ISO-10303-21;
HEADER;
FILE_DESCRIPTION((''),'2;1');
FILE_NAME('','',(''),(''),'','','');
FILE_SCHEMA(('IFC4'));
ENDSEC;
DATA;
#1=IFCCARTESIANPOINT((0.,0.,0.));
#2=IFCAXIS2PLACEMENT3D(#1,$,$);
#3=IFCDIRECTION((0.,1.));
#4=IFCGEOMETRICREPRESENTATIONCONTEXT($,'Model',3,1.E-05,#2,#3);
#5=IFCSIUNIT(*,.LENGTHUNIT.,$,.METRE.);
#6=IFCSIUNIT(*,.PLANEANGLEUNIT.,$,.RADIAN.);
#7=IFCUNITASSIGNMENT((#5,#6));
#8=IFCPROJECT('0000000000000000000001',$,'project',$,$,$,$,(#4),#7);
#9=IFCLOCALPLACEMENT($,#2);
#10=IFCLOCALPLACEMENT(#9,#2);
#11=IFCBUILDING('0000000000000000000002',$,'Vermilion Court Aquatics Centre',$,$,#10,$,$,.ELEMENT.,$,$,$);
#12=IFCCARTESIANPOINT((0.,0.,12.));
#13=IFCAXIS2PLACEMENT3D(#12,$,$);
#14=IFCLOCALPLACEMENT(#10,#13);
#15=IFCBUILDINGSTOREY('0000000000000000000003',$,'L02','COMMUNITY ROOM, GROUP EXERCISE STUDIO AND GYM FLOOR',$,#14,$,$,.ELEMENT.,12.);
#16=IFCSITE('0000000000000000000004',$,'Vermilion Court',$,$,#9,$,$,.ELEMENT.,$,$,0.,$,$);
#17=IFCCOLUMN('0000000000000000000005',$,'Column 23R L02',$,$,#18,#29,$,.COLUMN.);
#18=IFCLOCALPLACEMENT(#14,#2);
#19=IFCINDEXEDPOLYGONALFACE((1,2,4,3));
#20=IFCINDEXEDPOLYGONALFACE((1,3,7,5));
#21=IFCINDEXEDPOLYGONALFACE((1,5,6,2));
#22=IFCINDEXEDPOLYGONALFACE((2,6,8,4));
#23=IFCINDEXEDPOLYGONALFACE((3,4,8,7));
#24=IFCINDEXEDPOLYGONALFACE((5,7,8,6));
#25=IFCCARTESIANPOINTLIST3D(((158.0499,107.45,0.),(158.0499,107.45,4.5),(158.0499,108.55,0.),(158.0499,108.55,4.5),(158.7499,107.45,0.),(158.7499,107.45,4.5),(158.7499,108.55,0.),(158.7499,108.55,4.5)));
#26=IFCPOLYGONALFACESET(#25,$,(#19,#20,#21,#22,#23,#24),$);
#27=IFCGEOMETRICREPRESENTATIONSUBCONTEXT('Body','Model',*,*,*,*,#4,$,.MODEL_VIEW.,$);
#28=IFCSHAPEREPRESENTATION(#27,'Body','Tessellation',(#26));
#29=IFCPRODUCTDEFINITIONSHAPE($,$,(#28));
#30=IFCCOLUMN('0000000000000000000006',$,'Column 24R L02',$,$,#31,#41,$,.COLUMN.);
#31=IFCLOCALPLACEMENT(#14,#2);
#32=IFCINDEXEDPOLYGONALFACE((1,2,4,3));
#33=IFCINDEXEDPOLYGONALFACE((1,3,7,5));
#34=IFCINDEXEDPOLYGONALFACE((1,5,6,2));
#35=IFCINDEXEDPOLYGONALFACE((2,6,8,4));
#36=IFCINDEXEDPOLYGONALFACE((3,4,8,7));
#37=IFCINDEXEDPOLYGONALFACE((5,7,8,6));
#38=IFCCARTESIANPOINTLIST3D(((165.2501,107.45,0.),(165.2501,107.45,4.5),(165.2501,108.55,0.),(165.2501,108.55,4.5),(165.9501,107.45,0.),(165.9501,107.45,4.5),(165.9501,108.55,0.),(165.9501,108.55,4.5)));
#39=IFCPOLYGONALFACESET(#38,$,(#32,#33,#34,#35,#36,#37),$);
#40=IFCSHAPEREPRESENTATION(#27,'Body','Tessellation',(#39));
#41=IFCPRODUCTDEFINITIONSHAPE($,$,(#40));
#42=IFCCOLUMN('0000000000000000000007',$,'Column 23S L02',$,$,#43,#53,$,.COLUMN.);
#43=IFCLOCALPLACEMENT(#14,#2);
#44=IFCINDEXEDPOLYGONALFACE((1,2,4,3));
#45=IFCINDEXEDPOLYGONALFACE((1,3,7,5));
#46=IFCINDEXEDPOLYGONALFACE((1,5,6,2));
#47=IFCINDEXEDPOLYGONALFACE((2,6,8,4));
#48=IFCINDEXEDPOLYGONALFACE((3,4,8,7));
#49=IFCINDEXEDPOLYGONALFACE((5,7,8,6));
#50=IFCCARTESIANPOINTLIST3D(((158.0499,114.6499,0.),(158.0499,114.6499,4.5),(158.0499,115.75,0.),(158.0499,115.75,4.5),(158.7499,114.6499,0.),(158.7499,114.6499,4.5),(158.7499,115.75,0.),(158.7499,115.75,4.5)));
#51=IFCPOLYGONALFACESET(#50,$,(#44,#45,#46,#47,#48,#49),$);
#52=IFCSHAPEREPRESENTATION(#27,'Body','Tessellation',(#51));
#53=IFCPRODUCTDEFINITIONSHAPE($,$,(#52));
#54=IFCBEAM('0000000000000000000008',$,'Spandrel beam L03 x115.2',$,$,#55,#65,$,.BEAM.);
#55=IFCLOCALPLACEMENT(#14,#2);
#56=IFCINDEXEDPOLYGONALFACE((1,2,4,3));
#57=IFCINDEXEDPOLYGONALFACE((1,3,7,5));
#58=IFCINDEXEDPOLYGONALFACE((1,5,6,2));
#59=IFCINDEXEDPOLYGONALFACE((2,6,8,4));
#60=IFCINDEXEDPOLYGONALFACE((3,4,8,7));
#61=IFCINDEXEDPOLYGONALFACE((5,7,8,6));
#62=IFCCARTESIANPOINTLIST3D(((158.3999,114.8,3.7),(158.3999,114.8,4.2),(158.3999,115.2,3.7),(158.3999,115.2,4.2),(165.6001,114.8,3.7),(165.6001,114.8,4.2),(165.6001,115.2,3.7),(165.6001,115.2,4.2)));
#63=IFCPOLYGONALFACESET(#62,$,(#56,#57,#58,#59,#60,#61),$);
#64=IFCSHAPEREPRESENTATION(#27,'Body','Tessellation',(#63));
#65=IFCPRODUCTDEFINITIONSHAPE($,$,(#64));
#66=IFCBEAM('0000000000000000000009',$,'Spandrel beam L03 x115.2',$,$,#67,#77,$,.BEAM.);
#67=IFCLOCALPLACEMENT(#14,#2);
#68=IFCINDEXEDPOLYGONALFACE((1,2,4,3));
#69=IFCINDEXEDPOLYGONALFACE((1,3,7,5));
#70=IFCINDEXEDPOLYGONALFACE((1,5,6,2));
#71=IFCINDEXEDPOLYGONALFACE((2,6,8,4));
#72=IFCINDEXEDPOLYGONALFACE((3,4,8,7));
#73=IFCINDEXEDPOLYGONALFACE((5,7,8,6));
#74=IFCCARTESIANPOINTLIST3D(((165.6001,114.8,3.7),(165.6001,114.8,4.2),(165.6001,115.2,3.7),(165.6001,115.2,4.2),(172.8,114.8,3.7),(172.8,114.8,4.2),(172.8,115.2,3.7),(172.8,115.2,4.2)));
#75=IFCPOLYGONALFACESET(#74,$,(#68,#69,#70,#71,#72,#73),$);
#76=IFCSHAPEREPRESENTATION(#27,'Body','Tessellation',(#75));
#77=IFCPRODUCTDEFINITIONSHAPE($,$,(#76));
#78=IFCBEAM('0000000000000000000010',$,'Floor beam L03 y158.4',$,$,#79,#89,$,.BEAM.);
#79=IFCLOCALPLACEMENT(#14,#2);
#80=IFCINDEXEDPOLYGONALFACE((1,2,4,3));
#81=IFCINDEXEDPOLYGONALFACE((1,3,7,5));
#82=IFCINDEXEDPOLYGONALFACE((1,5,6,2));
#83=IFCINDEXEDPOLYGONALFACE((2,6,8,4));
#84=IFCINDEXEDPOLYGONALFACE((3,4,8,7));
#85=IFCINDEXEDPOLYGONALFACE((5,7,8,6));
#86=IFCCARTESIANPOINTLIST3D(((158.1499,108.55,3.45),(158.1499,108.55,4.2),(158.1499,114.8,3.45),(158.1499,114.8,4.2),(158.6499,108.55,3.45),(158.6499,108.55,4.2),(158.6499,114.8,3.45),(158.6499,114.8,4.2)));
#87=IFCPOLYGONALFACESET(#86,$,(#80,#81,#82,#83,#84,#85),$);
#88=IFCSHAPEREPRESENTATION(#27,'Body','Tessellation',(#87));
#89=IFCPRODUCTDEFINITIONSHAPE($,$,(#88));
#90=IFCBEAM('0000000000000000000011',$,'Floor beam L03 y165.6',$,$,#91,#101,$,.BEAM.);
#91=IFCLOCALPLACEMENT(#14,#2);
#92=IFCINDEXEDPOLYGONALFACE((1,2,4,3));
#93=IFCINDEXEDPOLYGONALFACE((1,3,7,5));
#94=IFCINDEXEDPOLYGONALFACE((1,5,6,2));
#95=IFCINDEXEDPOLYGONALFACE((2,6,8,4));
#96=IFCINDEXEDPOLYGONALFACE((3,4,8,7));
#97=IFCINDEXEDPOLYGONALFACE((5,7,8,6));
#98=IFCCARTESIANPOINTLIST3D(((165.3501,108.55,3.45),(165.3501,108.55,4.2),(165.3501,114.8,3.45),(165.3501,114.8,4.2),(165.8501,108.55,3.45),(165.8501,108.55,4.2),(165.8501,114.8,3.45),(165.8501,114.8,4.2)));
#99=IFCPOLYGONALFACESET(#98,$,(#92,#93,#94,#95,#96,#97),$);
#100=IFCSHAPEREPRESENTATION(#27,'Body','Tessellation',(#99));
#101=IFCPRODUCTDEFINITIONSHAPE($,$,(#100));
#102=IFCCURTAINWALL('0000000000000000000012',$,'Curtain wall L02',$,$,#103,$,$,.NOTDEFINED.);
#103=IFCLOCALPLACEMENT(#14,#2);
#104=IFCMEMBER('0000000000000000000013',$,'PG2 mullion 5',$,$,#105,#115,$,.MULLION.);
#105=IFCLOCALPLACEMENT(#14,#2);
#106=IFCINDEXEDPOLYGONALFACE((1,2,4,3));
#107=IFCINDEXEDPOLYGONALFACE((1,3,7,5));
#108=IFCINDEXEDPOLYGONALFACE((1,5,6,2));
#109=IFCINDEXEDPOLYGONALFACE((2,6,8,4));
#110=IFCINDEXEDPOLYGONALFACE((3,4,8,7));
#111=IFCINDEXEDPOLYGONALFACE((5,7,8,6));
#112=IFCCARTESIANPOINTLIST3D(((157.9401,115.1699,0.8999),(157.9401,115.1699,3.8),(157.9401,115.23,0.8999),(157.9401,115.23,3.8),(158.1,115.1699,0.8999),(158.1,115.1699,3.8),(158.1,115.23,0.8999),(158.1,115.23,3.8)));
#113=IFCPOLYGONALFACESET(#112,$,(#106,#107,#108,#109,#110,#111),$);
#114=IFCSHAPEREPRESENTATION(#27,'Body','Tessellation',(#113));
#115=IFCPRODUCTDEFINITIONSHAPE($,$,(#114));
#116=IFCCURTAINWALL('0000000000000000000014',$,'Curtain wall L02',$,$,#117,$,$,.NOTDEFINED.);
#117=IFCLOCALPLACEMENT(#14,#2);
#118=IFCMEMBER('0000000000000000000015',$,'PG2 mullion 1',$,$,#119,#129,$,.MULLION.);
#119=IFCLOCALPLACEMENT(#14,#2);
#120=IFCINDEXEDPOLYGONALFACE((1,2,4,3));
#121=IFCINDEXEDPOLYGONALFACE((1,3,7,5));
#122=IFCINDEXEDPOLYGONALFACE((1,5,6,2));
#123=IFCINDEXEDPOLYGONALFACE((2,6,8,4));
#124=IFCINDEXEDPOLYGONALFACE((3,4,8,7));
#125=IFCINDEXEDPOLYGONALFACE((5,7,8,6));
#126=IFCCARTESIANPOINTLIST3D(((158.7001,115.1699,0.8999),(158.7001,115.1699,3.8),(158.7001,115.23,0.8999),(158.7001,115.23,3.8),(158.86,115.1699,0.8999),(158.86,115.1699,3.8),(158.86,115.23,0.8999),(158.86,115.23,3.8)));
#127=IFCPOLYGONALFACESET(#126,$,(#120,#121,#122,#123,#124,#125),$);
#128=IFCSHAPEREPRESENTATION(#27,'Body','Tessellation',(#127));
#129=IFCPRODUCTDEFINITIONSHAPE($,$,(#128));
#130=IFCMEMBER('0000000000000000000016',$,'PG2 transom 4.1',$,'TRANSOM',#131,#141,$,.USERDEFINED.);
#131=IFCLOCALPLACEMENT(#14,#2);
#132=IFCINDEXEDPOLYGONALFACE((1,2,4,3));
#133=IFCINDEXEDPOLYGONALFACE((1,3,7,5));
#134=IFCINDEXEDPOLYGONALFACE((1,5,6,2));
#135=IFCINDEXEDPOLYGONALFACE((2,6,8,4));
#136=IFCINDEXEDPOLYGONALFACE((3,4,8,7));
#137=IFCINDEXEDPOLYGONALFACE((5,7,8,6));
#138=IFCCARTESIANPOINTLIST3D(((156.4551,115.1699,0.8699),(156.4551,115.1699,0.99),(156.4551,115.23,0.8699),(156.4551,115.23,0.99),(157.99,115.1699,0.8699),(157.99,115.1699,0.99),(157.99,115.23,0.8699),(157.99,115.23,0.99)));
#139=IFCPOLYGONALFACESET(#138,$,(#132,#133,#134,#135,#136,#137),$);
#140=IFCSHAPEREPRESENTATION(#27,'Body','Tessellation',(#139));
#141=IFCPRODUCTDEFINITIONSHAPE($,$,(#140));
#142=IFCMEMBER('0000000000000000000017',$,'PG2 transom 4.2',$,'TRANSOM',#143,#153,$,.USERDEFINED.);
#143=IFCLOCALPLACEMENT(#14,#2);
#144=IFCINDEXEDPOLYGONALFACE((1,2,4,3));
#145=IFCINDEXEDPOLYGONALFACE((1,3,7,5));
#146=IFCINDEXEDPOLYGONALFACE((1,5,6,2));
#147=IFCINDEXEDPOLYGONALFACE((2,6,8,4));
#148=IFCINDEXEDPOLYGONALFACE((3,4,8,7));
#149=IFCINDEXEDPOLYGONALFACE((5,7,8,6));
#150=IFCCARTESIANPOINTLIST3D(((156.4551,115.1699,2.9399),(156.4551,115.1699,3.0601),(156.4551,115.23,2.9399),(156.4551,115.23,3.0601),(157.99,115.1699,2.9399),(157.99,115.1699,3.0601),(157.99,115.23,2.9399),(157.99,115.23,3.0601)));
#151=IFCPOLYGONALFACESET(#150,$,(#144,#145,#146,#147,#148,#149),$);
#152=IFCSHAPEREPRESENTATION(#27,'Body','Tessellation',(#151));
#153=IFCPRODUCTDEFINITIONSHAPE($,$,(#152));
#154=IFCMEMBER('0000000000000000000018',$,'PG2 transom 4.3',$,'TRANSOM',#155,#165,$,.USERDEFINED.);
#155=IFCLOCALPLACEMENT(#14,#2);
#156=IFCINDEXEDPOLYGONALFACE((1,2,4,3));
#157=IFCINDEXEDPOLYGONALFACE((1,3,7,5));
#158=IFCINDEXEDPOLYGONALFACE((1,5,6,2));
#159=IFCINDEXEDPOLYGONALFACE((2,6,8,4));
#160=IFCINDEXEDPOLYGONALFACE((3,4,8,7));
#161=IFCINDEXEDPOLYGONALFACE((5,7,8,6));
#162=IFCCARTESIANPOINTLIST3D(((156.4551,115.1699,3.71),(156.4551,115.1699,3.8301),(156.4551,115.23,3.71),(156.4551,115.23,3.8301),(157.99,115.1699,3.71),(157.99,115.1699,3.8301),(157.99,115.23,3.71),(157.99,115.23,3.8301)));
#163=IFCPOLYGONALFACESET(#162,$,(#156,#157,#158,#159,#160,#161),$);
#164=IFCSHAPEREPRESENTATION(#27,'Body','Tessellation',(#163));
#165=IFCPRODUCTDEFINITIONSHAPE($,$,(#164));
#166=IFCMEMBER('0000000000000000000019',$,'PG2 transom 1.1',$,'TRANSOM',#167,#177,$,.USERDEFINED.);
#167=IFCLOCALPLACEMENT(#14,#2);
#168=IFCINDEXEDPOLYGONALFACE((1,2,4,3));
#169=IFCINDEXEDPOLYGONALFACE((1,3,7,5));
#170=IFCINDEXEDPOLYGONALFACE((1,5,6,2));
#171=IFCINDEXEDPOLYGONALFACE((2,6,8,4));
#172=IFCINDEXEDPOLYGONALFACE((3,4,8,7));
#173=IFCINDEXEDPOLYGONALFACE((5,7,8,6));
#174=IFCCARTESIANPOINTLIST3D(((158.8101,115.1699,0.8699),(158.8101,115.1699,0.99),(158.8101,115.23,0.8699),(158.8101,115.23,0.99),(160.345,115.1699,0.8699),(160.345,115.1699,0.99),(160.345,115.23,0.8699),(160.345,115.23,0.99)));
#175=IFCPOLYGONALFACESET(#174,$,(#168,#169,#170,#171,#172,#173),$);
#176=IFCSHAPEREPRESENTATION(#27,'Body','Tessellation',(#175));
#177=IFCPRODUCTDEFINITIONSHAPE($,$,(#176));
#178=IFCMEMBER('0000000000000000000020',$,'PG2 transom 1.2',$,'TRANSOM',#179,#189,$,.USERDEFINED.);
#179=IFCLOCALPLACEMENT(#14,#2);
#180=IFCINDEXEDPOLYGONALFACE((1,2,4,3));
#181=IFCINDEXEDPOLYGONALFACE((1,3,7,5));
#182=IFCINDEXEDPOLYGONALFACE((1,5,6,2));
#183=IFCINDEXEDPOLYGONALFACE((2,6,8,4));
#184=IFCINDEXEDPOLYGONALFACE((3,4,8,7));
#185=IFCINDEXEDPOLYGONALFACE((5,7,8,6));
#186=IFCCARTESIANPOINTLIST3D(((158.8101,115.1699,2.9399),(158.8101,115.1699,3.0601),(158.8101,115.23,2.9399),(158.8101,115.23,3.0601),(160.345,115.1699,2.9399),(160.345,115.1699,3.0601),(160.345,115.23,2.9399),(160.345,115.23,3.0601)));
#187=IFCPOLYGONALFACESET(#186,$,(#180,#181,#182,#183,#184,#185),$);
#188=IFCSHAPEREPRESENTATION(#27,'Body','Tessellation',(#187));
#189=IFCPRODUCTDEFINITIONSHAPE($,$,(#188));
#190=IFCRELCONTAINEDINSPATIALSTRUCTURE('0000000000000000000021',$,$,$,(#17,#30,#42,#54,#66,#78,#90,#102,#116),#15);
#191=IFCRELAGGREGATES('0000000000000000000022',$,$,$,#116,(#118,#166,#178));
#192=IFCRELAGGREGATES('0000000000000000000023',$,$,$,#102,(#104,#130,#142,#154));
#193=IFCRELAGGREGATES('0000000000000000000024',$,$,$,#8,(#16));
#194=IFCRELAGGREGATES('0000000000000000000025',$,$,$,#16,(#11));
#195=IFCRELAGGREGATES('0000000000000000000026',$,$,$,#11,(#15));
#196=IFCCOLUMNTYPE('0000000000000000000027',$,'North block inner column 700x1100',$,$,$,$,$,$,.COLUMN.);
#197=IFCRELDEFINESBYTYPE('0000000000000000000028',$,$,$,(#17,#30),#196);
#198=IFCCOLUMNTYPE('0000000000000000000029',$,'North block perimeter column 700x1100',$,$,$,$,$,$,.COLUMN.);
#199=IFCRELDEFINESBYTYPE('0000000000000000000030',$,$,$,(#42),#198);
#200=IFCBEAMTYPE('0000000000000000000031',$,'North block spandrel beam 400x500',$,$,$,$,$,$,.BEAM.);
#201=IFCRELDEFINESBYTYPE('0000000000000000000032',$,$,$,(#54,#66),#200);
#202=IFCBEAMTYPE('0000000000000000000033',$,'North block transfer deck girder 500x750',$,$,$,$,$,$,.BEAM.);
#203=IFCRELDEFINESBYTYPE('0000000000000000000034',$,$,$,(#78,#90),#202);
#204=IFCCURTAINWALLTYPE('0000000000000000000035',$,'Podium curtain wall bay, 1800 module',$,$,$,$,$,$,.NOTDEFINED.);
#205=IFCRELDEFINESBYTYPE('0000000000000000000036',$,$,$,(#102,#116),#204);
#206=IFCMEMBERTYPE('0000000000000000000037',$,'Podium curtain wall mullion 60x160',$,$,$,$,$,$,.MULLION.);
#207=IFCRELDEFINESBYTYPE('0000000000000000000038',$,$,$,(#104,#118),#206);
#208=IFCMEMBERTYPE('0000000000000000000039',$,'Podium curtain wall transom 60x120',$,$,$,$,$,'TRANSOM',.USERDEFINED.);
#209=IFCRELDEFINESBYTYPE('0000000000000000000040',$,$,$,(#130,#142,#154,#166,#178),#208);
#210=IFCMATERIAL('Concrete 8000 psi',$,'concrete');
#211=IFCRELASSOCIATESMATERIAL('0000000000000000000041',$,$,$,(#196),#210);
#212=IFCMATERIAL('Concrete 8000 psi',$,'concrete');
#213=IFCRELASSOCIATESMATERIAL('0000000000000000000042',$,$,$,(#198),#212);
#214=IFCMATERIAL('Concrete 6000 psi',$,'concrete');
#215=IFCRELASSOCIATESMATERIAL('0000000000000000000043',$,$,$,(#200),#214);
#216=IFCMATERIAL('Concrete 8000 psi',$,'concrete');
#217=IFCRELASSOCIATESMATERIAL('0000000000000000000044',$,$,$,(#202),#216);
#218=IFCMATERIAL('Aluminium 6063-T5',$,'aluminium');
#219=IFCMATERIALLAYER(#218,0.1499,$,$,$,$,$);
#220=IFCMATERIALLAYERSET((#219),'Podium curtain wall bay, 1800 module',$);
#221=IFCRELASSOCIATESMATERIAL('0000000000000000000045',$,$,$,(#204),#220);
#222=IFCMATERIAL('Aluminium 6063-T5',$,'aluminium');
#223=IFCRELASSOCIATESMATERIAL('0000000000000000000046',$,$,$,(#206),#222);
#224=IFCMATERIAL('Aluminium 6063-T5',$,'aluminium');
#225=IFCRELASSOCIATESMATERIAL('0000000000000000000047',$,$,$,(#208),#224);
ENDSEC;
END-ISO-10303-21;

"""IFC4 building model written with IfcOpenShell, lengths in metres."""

from ifc_helpers import new_model, si_unit, direction, frame, origin, origin_2d, place, context, subcontext, project, spatial, rectangle, extrude, material, layer, layer_set, material_profile, profile_set, type_object, element, aggregate, save


model = new_model("IFC4")

# Units and contexts
model_context = context("Model", 3, precision=1e-05, world=origin(), true_north=direction((0.0, 1.0)))
body_context = subcontext(model_context, "Body", "Model", "MODEL_VIEW")
ifc_project = project(units=[si_unit("LENGTHUNIT", "METRE"), si_unit("PLANEANGLEUNIT", "RADIAN")], contexts=[model_context])

# Site, building, storey
site_placement = place(None, origin())
site = spatial("IfcSite", under=ifc_project, at=site_placement, Name="Vermilion Court", CompositionType="ELEMENT", RefElevation=0.0)
building_placement = place(site_placement, origin())
building = spatial("IfcBuilding", under=site, at=building_placement, Name="Vermilion Court Aquatics Centre", CompositionType="ELEMENT")
storey_placement = place(building_placement, frame((0.0, 0.0, 12.0)))
storey = spatial("IfcBuildingStorey", under=building, at=storey_placement, Name="L02", Description="COMMUNITY ROOM, GROUP EXERCISE STUDIO AND GYM FLOOR", CompositionType="ELEMENT", Elevation=12.0)

# Columns
ifc_material_1 = material(Name="Concrete 8000 psi", Category="concrete")
ifc_material_profile_1 = material_profile(ifc_material_1, rectangle(XDim=0.7, YDim=1.1001, at=origin_2d()), Name="RC 700x1100")
ifc_profile_set_1 = profile_set([ifc_material_profile_1], Name="Concrete 8000 psi")
column_type_1 = type_object("IfcColumnType", Name="North block inner column 700x1100", PredefinedType="COLUMN", material=ifc_profile_set_1)
for number, where, z_axis, x_axis, name in (
    (1, (158.3999, 108.0, 0.0), (0.0, 0.0, 1.0), (1.0, 0.0, 0.0), "Column 23R L02"),
    (2, (165.6001, 108.0, 0.0), (0.0, 0.0, 1.0), (1.0, 0.0, 0.0), "Column 24R L02"),
):
    element("IfcColumn", number, at=place(storey_placement, frame(where, z_axis=z_axis, x_axis=x_axis)), inside=storey, type_object=column_type_1, Name=name, PredefinedType="COLUMN", context=body_context, shape_type="SweptSolid", body=[
        extrude(rectangle(XDim=0.7, YDim=1.1001, at=origin_2d()), origin(), (0.0, 0.0, 1.0), 4.5),
    ])
ifc_material_2 = material(Name="Concrete 8000 psi", Category="concrete")
ifc_material_profile_2 = material_profile(ifc_material_2, rectangle(XDim=0.7, YDim=1.1001, at=origin_2d()), Name="RC 700x1100")
ifc_profile_set_2 = profile_set([ifc_material_profile_2], Name="Concrete 8000 psi")
column_type_2 = type_object("IfcColumnType", Name="North block perimeter column 700x1100", PredefinedType="COLUMN", material=ifc_profile_set_2)
column_placement = place(storey_placement, frame((158.3999, 115.2, 0.0), z_axis=(0.0, 0.0, 1.0), x_axis=(1.0, 0.0, 0.0)))
element("IfcColumn", 3, at=column_placement, inside=storey, type_object=column_type_2, Name="Column 23S L02", PredefinedType="COLUMN", context=body_context, shape_type="SweptSolid", body=[
    extrude(rectangle(XDim=0.7, YDim=1.1001, at=origin_2d()), origin(), (0.0, 0.0, 1.0), 4.5),
])

# Beams
ifc_material_3 = material(Name="Concrete 6000 psi", Category="concrete")
ifc_material_profile_3 = material_profile(ifc_material_3, rectangle(XDim=0.3999, YDim=0.5, at=origin_2d()), Name="RC 400x500")
ifc_profile_set_3 = profile_set([ifc_material_profile_3], Name="Concrete 6000 psi")
beam_type_1 = type_object("IfcBeamType", Name="North block spandrel beam 400x500", PredefinedType="BEAM", material=ifc_profile_set_3)
beam_1_placement = place(storey_placement, frame((158.3999, 115.0, 3.95), z_axis=(1.0, 0.0, 0.0), x_axis=(0.0, 1.0, 0.0)))
element("IfcBeam", 4, at=beam_1_placement, inside=storey, type_object=beam_type_1, Name="Spandrel beam L03 x115.2", PredefinedType="BEAM", context=body_context, shape_type="SweptSolid", body=[
    extrude(rectangle(XDim=0.3999, YDim=0.5, at=origin_2d()), origin(), (0.0, 0.0, 1.0), 7.2002),
])
beam_2_placement = place(storey_placement, frame((165.6001, 115.0, 3.95), z_axis=(1.0, 0.0, 0.0), x_axis=(0.0, 1.0, 0.0)))
element("IfcBeam", 5, at=beam_2_placement, inside=storey, type_object=beam_type_1, Name="Spandrel beam L03 x115.2", PredefinedType="BEAM", context=body_context, shape_type="SweptSolid", body=[
    extrude(rectangle(XDim=0.3999, YDim=0.5, at=origin_2d()), origin(), (0.0, 0.0, 1.0), 7.2),
])
ifc_material_4 = material(Name="Concrete 8000 psi", Category="concrete")
ifc_material_profile_4 = material_profile(ifc_material_4, rectangle(XDim=0.5, YDim=0.75, at=origin_2d()), Name="RC 500x750")
ifc_profile_set_4 = profile_set([ifc_material_profile_4], Name="Concrete 8000 psi")
beam_type_2 = type_object("IfcBeamType", Name="North block transfer deck girder 500x750", PredefinedType="BEAM", material=ifc_profile_set_4)
for number, where, z_axis, x_axis, name in (
    (6, (158.3999, 108.55, 3.825), (0.0, 1.0, 0.0), (-1.0, 0.0, 0.0), "Floor beam L03 y158.4"),
    (7, (165.6001, 108.55, 3.825), (0.0, 1.0, 0.0), (-1.0, 0.0, 0.0), "Floor beam L03 y165.6"),
):
    element("IfcBeam", number, at=place(storey_placement, frame(where, z_axis=z_axis, x_axis=x_axis)), inside=storey, type_object=beam_type_2, Name=name, PredefinedType="BEAM", context=body_context, shape_type="SweptSolid", body=[
        extrude(rectangle(XDim=0.5, YDim=0.75, at=origin_2d()), origin(), (0.0, 0.0, 1.0), 6.25),
    ])

# Curtain walls, members
ifc_material_5 = material(Name="Aluminium 6063-T5", Category="aluminium")
ifc_layer_1 = layer(ifc_material_5, 0.1499)
ifc_layer_set_1 = layer_set([ifc_layer_1], Name="Podium curtain wall bay, 1800 module")
curtain_wall_type = type_object("IfcCurtainWallType", Name="Podium curtain wall bay, 1800 module", PredefinedType="NOTDEFINED", material=ifc_layer_set_1)
curtain_wall_1_placement = place(storey_placement, origin())
curtain_wall_1 = element("IfcCurtainWall", 8, at=curtain_wall_1_placement, inside=storey, type_object=curtain_wall_type, Name="Curtain wall L02", PredefinedType="NOTDEFINED")
ifc_material_6 = material(Name="Aluminium 6063-T5", Category="aluminium")
ifc_material_profile_5 = material_profile(ifc_material_6, rectangle(XDim=0.0601, YDim=0.1599, at=origin_2d()), Name="Mullion 60x160")
ifc_profile_set_5 = profile_set([ifc_material_profile_5], Name="Aluminium 6063-T5")
member_type_1 = type_object("IfcMemberType", Name="Podium curtain wall mullion 60x160", PredefinedType="MULLION", material=ifc_profile_set_5)
member_1_placement = place(storey_placement, frame((158.02, 115.2, 0.8999), z_axis=(0.0, 0.0, 1.0), x_axis=(0.0, 1.0, 0.0)))
member_1 = element("IfcMember", 9, at=member_1_placement, type_object=member_type_1, Name="PG2 mullion 5", PredefinedType="MULLION", context=body_context, shape_type="SweptSolid", body=[
    extrude(rectangle(XDim=0.0601, YDim=0.1599, at=origin_2d()), origin(), (0.0, 0.0, 1.0), 2.9001),
])
curtain_wall_2_placement = place(storey_placement, origin())
curtain_wall_2 = element("IfcCurtainWall", 10, at=curtain_wall_2_placement, inside=storey, type_object=curtain_wall_type, Name="Curtain wall L02", PredefinedType="NOTDEFINED")
member_2_placement = place(storey_placement, frame((158.78, 115.2, 0.8999), z_axis=(0.0, 0.0, 1.0), x_axis=(0.0, 1.0, 0.0)))
member_2 = element("IfcMember", 11, at=member_2_placement, type_object=member_type_1, Name="PG2 mullion 1", PredefinedType="MULLION", context=body_context, shape_type="SweptSolid", body=[
    extrude(rectangle(XDim=0.0601, YDim=0.1599, at=origin_2d()), origin(), (0.0, 0.0, 1.0), 2.9001),
])

# Members
ifc_material_7 = material(Name="Aluminium 6063-T5", Category="aluminium")
ifc_material_profile_6 = material_profile(ifc_material_7, rectangle(XDim=0.0601, YDim=0.1201, at=origin_2d()), Name="Transom 60x120")
ifc_profile_set_6 = profile_set([ifc_material_profile_6], Name="Aluminium 6063-T5")
member_type_2 = type_object("IfcMemberType", Name="Podium curtain wall transom 60x120", ElementType="TRANSOM", PredefinedType="USERDEFINED", material=ifc_profile_set_6)
member_3_placement = place(storey_placement, frame((156.4551, 115.2, 0.9299), z_axis=(1.0, 0.0, 0.0), x_axis=(0.0, 1.0, 0.0)))
member_3 = element("IfcMember", 12, at=member_3_placement, type_object=member_type_2, Name="PG2 transom 4.1", ObjectType="TRANSOM", PredefinedType="USERDEFINED", context=body_context, shape_type="SweptSolid", body=[
    extrude(rectangle(XDim=0.0601, YDim=0.1201, at=origin_2d()), origin(), (0.0, 0.0, 1.0), 1.5349),
])
member_4_placement = place(storey_placement, frame((156.4551, 115.2, 3.0), z_axis=(1.0, 0.0, 0.0), x_axis=(0.0, 1.0, 0.0)))
member_4 = element("IfcMember", 13, at=member_4_placement, type_object=member_type_2, Name="PG2 transom 4.2", ObjectType="TRANSOM", PredefinedType="USERDEFINED", context=body_context, shape_type="SweptSolid", body=[
    extrude(rectangle(XDim=0.0601, YDim=0.1201, at=origin_2d()), origin(), (0.0, 0.0, 1.0), 1.5349),
])
member_5_placement = place(storey_placement, frame((156.4551, 115.2, 3.77), z_axis=(1.0, 0.0, 0.0), x_axis=(0.0, 1.0, 0.0)))
member_5 = element("IfcMember", 14, at=member_5_placement, type_object=member_type_2, Name="PG2 transom 4.3", ObjectType="TRANSOM", PredefinedType="USERDEFINED", context=body_context, shape_type="SweptSolid", body=[
    extrude(rectangle(XDim=0.0601, YDim=0.1201, at=origin_2d()), origin(), (0.0, 0.0, 1.0), 1.5349),
])
member_6_placement = place(storey_placement, frame((158.8101, 115.2, 0.9299), z_axis=(1.0, 0.0, 0.0), x_axis=(0.0, 1.0, 0.0)))
member_6 = element("IfcMember", 15, at=member_6_placement, type_object=member_type_2, Name="PG2 transom 1.1", ObjectType="TRANSOM", PredefinedType="USERDEFINED", context=body_context, shape_type="SweptSolid", body=[
    extrude(rectangle(XDim=0.0601, YDim=0.1201, at=origin_2d()), origin(), (0.0, 0.0, 1.0), 1.5349),
])
member_7_placement = place(storey_placement, frame((158.8101, 115.2, 3.0), z_axis=(1.0, 0.0, 0.0), x_axis=(0.0, 1.0, 0.0)))
member_7 = element("IfcMember", 16, at=member_7_placement, type_object=member_type_2, Name="PG2 transom 1.2", ObjectType="TRANSOM", PredefinedType="USERDEFINED", context=body_context, shape_type="SweptSolid", body=[
    extrude(rectangle(XDim=0.0601, YDim=0.1201, at=origin_2d()), origin(), (0.0, 0.0, 1.0), 1.5349),
])
aggregate(curtain_wall_2, [member_2, member_6, member_7])

aggregate(curtain_wall_1, [member_1, member_3, member_4, member_5])

save(model, "model.ifc")
